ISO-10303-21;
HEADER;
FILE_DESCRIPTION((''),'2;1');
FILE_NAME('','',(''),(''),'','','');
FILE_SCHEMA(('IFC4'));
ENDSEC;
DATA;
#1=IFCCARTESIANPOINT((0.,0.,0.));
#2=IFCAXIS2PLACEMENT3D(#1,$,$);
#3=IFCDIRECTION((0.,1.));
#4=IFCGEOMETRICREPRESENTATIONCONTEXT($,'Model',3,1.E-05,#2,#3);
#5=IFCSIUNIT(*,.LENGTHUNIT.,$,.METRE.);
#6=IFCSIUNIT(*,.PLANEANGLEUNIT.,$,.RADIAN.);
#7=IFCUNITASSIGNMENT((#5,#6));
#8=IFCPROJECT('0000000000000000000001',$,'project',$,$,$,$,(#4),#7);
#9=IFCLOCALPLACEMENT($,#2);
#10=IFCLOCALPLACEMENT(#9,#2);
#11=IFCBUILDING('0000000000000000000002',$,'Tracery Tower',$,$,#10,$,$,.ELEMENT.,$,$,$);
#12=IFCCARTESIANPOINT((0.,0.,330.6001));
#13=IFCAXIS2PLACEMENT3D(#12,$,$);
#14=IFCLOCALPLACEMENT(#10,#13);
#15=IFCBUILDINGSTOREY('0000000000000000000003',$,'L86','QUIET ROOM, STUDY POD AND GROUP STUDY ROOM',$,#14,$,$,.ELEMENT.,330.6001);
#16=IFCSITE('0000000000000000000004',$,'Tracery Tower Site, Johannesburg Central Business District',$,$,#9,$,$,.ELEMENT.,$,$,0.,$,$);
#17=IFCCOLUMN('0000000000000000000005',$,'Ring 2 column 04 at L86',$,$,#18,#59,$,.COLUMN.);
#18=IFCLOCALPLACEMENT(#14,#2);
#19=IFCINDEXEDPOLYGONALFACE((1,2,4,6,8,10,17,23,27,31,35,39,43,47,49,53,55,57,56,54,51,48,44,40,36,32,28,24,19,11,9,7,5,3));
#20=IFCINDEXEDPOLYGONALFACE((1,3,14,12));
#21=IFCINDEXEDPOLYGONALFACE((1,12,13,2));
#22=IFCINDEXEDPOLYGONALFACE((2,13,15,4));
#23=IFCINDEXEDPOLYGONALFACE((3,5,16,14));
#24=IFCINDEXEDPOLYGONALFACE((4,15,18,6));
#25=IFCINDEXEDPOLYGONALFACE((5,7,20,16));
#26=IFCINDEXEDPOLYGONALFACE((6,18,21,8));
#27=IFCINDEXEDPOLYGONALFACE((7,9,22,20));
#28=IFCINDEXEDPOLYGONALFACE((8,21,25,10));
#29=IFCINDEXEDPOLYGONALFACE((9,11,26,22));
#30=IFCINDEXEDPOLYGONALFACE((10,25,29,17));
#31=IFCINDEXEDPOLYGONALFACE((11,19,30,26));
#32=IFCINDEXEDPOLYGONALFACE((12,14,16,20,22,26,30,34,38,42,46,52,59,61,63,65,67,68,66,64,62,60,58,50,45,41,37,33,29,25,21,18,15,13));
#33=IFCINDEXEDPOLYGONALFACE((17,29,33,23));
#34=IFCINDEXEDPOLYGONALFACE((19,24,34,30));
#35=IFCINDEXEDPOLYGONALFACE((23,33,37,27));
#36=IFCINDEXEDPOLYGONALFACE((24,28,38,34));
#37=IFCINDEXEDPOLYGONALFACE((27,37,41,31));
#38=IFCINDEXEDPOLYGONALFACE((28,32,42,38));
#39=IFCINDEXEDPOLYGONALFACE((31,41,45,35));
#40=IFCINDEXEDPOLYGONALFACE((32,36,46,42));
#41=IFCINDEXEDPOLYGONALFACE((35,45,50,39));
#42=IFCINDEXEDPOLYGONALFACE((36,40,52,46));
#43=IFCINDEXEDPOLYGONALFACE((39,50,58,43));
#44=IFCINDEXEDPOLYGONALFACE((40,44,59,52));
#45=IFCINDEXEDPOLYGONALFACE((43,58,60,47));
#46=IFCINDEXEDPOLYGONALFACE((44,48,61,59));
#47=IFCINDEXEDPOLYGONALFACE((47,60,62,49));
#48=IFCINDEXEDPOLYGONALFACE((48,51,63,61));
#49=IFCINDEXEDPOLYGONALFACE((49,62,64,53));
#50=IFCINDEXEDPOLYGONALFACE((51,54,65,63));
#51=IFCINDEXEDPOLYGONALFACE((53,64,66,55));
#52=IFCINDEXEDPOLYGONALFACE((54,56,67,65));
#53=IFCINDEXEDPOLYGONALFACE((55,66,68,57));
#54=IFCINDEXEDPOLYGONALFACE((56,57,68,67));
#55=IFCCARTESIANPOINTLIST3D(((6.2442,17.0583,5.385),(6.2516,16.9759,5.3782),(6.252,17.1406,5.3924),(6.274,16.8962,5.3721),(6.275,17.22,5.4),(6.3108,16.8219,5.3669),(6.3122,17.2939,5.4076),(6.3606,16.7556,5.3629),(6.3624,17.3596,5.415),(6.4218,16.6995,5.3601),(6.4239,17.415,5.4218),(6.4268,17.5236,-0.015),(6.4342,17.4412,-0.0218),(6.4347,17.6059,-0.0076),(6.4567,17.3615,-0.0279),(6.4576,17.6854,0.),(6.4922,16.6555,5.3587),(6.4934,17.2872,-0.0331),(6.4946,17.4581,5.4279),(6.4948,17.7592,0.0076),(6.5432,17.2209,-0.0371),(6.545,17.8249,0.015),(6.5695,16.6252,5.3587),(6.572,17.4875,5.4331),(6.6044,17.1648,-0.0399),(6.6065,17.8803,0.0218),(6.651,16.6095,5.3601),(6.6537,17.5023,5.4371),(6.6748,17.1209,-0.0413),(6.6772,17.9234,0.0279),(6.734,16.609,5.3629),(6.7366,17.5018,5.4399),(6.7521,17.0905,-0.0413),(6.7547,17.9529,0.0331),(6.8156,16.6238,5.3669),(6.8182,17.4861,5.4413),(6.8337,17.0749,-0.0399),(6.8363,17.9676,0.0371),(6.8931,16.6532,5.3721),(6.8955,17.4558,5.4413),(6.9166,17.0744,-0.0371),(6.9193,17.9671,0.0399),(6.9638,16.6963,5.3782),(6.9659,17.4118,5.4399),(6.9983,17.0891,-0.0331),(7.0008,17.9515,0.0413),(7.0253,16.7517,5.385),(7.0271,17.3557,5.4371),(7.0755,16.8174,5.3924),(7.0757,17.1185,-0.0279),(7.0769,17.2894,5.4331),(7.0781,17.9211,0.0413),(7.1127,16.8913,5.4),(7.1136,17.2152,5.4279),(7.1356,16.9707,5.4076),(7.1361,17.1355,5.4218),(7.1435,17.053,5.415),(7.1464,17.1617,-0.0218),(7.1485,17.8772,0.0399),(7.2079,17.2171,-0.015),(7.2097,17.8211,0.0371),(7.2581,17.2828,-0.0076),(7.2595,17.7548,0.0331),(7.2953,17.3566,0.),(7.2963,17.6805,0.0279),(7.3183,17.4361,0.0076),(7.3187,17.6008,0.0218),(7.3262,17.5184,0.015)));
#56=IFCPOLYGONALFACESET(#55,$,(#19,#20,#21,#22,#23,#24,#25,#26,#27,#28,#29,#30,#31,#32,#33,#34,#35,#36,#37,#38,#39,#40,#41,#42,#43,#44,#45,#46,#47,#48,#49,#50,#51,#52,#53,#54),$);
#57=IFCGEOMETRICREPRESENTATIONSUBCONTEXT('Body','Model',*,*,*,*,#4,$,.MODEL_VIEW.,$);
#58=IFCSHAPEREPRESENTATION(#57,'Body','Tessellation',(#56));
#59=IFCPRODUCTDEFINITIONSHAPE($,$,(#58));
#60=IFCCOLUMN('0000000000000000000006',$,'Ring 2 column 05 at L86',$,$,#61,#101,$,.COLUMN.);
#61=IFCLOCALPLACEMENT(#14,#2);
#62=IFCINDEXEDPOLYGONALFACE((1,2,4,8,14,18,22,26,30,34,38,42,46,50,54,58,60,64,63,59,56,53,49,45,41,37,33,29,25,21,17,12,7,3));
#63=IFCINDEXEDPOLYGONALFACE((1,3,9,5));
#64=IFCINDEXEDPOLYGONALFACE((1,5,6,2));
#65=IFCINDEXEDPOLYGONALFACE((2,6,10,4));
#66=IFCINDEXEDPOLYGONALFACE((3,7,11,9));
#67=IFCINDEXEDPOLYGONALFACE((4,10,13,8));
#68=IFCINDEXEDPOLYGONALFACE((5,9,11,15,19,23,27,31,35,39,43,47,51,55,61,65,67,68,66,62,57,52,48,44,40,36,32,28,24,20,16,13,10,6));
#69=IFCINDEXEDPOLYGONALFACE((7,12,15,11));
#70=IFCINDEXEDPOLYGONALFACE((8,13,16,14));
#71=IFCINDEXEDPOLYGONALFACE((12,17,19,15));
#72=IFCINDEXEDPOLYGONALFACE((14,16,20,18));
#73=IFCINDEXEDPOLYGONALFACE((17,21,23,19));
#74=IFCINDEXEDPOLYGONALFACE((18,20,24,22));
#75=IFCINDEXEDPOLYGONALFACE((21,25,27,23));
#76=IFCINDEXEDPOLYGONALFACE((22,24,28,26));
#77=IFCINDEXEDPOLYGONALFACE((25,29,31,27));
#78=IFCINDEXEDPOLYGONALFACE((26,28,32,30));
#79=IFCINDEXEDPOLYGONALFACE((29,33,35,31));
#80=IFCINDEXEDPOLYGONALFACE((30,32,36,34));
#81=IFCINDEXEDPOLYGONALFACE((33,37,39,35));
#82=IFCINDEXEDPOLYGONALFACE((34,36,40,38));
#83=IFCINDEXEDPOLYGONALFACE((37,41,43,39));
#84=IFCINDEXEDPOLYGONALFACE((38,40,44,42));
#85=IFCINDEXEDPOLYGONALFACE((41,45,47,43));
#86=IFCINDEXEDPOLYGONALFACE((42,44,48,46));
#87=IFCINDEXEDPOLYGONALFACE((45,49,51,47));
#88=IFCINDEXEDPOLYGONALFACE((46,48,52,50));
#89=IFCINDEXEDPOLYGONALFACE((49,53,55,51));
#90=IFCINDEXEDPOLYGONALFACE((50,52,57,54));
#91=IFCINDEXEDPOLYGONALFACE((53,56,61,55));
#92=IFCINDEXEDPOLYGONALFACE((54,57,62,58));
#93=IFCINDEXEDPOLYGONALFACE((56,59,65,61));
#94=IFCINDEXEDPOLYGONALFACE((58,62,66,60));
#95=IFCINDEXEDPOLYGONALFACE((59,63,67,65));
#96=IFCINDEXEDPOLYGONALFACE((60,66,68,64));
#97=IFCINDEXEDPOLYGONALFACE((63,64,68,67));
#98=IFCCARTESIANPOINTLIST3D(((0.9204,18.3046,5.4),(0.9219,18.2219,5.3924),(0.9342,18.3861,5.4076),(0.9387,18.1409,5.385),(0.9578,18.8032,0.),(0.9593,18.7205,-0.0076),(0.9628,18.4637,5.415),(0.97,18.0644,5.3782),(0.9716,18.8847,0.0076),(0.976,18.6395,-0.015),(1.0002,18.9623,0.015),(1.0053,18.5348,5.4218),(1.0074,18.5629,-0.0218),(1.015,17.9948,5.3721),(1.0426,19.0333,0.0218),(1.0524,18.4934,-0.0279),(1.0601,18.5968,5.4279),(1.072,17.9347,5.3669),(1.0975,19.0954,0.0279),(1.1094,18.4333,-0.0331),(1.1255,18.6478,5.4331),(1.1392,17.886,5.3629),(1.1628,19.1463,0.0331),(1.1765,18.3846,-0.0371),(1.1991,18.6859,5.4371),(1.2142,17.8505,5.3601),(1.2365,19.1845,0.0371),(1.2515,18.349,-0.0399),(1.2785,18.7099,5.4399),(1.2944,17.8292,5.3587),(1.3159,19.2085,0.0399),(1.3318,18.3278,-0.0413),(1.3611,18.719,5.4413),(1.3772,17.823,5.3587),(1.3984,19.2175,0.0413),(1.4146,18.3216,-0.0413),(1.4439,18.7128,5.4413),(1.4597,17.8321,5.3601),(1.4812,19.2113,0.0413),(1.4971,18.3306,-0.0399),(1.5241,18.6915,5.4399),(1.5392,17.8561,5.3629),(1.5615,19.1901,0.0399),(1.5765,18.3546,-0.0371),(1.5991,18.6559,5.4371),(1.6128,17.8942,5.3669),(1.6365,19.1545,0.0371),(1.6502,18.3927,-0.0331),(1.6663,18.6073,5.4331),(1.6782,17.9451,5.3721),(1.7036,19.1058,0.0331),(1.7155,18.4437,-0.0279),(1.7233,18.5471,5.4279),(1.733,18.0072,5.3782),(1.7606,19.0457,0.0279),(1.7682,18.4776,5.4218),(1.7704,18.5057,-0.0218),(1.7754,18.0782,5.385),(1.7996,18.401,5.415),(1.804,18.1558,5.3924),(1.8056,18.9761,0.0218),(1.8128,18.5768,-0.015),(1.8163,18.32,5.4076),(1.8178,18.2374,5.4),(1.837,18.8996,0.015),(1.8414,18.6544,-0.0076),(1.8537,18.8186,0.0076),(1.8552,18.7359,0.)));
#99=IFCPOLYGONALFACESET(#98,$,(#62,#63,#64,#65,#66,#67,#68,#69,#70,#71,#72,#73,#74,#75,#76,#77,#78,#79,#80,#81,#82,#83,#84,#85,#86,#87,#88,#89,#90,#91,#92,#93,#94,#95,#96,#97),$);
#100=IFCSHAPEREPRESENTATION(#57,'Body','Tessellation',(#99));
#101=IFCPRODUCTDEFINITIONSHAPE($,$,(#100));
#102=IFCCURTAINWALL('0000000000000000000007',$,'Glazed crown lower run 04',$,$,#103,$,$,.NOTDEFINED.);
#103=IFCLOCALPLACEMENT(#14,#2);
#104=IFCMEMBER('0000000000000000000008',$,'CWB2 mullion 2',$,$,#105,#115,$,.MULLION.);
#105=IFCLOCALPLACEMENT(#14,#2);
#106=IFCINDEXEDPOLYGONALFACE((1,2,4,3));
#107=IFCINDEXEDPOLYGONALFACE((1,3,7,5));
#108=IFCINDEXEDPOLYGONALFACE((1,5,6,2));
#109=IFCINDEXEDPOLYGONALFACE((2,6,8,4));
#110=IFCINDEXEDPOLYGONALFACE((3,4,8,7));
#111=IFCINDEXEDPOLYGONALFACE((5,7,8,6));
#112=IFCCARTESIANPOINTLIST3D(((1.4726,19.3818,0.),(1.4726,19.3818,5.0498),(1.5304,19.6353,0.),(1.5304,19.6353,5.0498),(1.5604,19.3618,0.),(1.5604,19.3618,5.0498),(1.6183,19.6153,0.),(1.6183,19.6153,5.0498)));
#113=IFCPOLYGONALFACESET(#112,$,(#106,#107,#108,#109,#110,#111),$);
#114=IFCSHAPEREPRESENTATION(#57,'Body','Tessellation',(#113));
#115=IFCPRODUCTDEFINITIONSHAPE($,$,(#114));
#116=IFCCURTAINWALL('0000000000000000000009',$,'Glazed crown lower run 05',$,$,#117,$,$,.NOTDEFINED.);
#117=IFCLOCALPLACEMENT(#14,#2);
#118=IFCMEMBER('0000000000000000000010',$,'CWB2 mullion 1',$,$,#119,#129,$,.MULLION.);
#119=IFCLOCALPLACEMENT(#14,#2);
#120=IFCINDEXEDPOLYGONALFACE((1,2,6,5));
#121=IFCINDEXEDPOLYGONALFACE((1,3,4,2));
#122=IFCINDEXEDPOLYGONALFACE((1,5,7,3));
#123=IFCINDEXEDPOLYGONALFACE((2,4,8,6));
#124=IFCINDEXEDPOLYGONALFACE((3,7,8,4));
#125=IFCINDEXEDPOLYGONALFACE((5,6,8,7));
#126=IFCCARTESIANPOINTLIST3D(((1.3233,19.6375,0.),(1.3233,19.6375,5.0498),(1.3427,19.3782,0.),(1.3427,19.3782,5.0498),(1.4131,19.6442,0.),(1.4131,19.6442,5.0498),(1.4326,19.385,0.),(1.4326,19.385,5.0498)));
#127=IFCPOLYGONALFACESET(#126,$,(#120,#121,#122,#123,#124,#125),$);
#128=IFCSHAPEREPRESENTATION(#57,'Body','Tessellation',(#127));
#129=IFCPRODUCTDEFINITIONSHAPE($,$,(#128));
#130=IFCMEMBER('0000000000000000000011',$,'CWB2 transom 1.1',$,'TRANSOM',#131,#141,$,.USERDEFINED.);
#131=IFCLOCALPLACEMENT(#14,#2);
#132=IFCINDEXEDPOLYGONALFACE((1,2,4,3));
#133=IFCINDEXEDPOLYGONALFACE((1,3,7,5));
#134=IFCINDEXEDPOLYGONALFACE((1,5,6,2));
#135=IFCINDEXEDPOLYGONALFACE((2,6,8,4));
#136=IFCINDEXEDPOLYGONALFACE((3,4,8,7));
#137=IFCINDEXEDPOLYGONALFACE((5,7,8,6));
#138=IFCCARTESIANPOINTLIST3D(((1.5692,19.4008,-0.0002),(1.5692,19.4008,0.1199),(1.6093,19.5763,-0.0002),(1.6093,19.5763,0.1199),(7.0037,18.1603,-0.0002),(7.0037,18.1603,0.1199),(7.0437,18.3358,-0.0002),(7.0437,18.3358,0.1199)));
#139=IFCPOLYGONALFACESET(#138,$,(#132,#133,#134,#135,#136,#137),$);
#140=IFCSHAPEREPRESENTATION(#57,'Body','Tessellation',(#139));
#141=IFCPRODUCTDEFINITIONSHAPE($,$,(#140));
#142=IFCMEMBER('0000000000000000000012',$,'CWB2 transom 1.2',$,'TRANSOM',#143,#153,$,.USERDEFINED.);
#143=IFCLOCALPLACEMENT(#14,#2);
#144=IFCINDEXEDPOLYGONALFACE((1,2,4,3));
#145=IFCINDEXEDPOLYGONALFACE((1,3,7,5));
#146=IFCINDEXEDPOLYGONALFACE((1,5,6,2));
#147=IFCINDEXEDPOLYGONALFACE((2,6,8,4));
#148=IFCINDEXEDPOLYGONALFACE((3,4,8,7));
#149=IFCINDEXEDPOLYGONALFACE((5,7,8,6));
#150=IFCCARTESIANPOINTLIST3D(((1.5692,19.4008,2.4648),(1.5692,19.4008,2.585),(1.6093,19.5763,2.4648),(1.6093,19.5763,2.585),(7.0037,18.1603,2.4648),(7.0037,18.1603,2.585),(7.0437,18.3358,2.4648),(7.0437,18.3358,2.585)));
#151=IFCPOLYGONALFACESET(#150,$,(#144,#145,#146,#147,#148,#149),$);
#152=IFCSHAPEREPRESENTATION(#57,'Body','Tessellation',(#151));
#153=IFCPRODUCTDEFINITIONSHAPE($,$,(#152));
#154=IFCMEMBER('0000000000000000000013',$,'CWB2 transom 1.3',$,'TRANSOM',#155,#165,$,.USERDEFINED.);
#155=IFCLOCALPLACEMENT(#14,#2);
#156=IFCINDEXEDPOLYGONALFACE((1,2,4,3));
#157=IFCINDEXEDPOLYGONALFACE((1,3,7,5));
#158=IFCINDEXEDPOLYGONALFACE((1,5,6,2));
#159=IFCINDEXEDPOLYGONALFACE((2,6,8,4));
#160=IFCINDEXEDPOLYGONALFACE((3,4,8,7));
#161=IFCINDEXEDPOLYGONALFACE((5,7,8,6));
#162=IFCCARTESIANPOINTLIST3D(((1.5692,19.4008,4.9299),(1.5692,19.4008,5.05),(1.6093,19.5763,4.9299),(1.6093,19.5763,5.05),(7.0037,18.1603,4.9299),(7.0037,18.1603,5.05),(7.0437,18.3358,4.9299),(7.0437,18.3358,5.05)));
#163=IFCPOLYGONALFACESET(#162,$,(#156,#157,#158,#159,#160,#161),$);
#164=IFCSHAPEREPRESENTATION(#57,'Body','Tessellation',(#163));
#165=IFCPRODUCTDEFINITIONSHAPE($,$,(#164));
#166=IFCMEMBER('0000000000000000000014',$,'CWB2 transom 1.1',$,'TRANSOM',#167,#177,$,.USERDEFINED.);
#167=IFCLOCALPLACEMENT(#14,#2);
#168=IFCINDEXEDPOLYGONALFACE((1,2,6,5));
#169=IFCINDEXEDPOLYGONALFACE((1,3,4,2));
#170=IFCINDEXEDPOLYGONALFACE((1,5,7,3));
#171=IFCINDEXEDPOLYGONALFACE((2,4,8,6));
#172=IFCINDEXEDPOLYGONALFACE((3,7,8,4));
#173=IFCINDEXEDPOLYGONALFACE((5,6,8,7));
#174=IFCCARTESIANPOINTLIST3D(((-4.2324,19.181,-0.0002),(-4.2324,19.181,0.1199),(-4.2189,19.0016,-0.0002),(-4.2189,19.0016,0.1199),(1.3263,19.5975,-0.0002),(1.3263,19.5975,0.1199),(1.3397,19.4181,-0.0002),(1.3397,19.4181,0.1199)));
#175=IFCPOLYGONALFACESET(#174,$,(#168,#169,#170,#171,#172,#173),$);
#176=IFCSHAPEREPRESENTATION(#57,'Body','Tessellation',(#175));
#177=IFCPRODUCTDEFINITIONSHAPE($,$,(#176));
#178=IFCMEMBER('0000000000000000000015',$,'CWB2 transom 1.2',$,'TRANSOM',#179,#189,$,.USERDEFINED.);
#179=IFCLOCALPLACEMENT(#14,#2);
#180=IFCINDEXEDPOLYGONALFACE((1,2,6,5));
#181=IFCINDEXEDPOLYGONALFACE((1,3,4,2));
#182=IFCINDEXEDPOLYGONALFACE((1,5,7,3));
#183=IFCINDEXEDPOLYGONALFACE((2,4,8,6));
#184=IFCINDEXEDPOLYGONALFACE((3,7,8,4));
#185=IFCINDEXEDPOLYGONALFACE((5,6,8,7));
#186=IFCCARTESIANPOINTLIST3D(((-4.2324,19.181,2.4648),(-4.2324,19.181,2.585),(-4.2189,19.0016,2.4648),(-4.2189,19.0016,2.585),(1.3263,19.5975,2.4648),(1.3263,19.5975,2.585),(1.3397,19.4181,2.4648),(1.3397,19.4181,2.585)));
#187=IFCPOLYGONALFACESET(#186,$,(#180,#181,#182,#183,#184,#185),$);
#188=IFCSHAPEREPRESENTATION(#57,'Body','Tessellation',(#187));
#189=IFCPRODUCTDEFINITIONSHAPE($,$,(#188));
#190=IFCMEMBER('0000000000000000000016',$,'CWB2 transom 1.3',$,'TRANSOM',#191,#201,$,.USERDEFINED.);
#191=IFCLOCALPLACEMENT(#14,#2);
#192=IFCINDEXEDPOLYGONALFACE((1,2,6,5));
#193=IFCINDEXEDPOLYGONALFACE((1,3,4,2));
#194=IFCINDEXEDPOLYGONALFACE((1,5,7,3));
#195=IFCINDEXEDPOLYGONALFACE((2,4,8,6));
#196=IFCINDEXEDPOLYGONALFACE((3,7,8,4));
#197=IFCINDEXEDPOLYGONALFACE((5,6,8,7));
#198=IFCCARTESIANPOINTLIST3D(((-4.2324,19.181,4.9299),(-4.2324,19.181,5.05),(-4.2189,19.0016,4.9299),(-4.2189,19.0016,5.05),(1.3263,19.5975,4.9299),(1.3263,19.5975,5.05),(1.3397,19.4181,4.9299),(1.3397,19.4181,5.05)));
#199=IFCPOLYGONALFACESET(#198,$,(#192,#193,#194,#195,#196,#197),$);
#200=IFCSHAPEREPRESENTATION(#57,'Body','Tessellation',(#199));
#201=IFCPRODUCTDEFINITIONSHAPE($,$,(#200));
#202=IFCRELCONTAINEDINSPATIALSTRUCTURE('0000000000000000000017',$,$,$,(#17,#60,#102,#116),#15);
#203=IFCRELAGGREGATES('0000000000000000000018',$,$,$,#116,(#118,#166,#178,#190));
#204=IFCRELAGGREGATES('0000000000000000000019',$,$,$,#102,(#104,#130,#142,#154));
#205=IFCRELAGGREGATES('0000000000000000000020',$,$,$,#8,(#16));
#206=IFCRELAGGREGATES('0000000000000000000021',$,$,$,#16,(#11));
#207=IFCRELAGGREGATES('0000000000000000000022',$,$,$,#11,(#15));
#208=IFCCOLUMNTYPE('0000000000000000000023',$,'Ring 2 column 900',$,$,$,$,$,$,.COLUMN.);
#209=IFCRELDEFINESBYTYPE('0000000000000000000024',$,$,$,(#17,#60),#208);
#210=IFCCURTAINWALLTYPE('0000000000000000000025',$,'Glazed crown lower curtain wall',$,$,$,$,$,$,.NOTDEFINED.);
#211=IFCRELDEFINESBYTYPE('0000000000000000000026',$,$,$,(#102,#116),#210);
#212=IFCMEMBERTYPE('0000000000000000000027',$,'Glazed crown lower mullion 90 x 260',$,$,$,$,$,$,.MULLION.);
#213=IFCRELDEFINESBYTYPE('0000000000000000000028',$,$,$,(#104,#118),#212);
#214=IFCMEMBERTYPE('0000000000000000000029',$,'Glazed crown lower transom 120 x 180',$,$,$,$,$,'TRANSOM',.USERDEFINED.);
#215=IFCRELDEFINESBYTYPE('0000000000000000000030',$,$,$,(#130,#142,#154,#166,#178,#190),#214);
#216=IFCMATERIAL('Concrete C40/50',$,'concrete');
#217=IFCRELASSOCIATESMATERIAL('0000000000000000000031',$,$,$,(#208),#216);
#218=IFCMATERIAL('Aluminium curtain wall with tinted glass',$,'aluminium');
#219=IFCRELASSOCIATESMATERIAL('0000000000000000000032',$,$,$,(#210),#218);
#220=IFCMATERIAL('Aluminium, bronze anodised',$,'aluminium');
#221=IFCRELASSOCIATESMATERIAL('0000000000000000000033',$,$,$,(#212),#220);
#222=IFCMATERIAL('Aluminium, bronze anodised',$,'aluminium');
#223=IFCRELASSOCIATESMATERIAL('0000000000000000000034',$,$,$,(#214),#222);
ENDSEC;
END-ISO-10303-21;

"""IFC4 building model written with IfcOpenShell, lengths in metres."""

from ifc_helpers import new_model, si_unit, direction, frame, origin, origin_2d, place, context, subcontext, project, spatial, rectangle, circle, extrude, material, material_profile, profile_set, type_object, element, aggregate, save


model = new_model("IFC4")

# Units and contexts
model_context = context("Model", 3, precision=1e-05, world=origin(), true_north=direction((0.0, 1.0)))
body_context = subcontext(model_context, "Body", "Model", "MODEL_VIEW")
ifc_project = project(units=[si_unit("LENGTHUNIT", "METRE"), si_unit("PLANEANGLEUNIT", "RADIAN")], contexts=[model_context])

# Site, building, storey
site_placement = place(None, origin())
site = spatial("IfcSite", under=ifc_project, at=site_placement, Name="Tracery Tower Site, Johannesburg Central Business District", CompositionType="ELEMENT", RefElevation=0.0)
building_placement = place(site_placement, origin())
building = spatial("IfcBuilding", under=site, at=building_placement, Name="Tracery Tower", CompositionType="ELEMENT")
storey_placement = place(building_placement, frame((0.0, 0.0, 330.6001)))
storey = spatial("IfcBuildingStorey", under=building, at=storey_placement, Name="L86", Description="QUIET ROOM, STUDY POD AND GROUP STUDY ROOM", CompositionType="ELEMENT", Elevation=330.6001)

# Columns
ifc_material_1 = material(Name="Concrete C40/50", Category="concrete")
ifc_material_profile_1 = material_profile(ifc_material_1, circle(Radius=0.45, at=origin_2d()), Name="RC D900")
ifc_profile_set_1 = profile_set([ifc_material_profile_1], Name="Concrete C40/50")
column_type = type_object("IfcColumnType", Name="Ring 2 column 900", PredefinedType="COLUMN", material=ifc_profile_set_1)
for number, where, z_axis, x_axis, name in (
    (1, (6.8765, 17.521, 0.0), (-0.033675, -0.085807, 0.995743), (0.930882, -0.36532, 0.0), "Ring 2 column 04 at L86"),
    (2, (1.4065, 18.7695, 0.0), (-0.006888, -0.09193, 0.995742), (0.997205, -0.074717, 0.0), "Ring 2 column 05 at L86"),
):
    element("IfcColumn", number, at=place(storey_placement, frame(where, z_axis=z_axis, x_axis=x_axis)), inside=storey, type_object=column_type, Name=name, PredefinedType="COLUMN", context=body_context, shape_type="SweptSolid", body=[
        extrude(circle(Radius=0.45, at=origin_2d()), origin(), (0.0, 0.0, 1.0), 5.4231),
    ])

# Curtain walls, members
ifc_material_2 = material(Name="Aluminium curtain wall with tinted glass", Category="aluminium")
curtain_wall_type = type_object("IfcCurtainWallType", Name="Glazed crown lower curtain wall", PredefinedType="NOTDEFINED", material=ifc_material_2)
curtain_wall_1_placement = place(storey_placement, origin())
curtain_wall_1 = element("IfcCurtainWall", 3, at=curtain_wall_1_placement, inside=storey, type_object=curtain_wall_type, Name="Glazed crown lower run 04", PredefinedType="NOTDEFINED")
ifc_material_3 = material(Name="Aluminium, bronze anodised", Category="aluminium")
ifc_material_profile_2 = material_profile(ifc_material_3, rectangle(XDim=0.26, YDim=0.0901, at=origin_2d()), Name="Glazed crown lower mullion 90 x 260")
ifc_profile_set_2 = profile_set([ifc_material_profile_2], Name="Aluminium, bronze anodised")
member_type_1 = type_object("IfcMemberType", Name="Glazed crown lower mullion 90 x 260", PredefinedType="MULLION", material=ifc_profile_set_2)
member_1_placement = place(storey_placement, frame((1.5454, 19.4985, 0.0), z_axis=(0.0, 0.0, 1.0), x_axis=(-0.222534, -0.974925, 0.0)))
member_1 = element("IfcMember", 4, at=member_1_placement, type_object=member_type_1, Name="CWB2 mullion 2", PredefinedType="MULLION", context=body_context, shape_type="SweptSolid", body=[
    extrude(rectangle(XDim=0.26, YDim=0.0901, at=origin_2d()), origin(), (0.0, 0.0, 1.0), 5.0498),
])
curtain_wall_2_placement = place(storey_placement, origin())
curtain_wall_2 = element("IfcCurtainWall", 5, at=curtain_wall_2_placement, inside=storey, type_object=curtain_wall_type, Name="Glazed crown lower run 05", PredefinedType="NOTDEFINED")
member_2_placement = place(storey_placement, frame((1.3779, 19.5112, 0.0), z_axis=(0.0, 0.0, 1.0), x_axis=(0.074729, -0.997204, 0.0)))
member_2 = element("IfcMember", 6, at=member_2_placement, type_object=member_type_1, Name="CWB2 mullion 1", PredefinedType="MULLION", context=body_context, shape_type="SweptSolid", body=[
    extrude(rectangle(XDim=0.26, YDim=0.0901, at=origin_2d()), origin(), (0.0, 0.0, 1.0), 5.0498),
])

# Members
ifc_material_4 = material(Name="Aluminium, bronze anodised", Category="aluminium")
ifc_material_profile_3 = material_profile(ifc_material_4, rectangle(XDim=0.1799, YDim=0.1201, at=origin_2d()), Name="Glazed crown lower transom 120 x 180")
ifc_profile_set_3 = profile_set([ifc_material_profile_3], Name="Aluminium, bronze anodised")
member_type_2 = type_object("IfcMemberType", Name="Glazed crown lower transom 120 x 180", ElementType="TRANSOM", PredefinedType="USERDEFINED", material=ifc_profile_set_3)
member_3_placement = place(storey_placement, frame((7.0237, 18.248, 0.0598), z_axis=(-0.974923, 0.222543, 0.0), x_axis=(-0.222543, -0.974923, 0.0)))
member_3 = element("IfcMember", 7, at=member_3_placement, type_object=member_type_2, Name="CWB2 transom 1.1", ObjectType="TRANSOM", PredefinedType="USERDEFINED", context=body_context, shape_type="SweptSolid", body=[
    extrude(rectangle(XDim=0.1799, YDim=0.1201, at=origin_2d()), origin(), (0.0, 0.0, 1.0), 5.5742),
])
member_4_placement = place(storey_placement, frame((7.0237, 18.248, 2.5249), z_axis=(-0.974923, 0.222543, 0.0), x_axis=(-0.222543, -0.974923, 0.0)))
member_4 = element("IfcMember", 8, at=member_4_placement, type_object=member_type_2, Name="CWB2 transom 1.2", ObjectType="TRANSOM", PredefinedType="USERDEFINED", context=body_context, shape_type="SweptSolid", body=[
    extrude(rectangle(XDim=0.1799, YDim=0.1201, at=origin_2d()), origin(), (0.0, 0.0, 1.0), 5.5742),
])
member_5_placement = place(storey_placement, frame((7.0237, 18.248, 4.99), z_axis=(-0.974923, 0.222543, 0.0), x_axis=(-0.222543, -0.974923, 0.0)))
member_5 = element("IfcMember", 9, at=member_5_placement, type_object=member_type_2, Name="CWB2 transom 1.3", ObjectType="TRANSOM", PredefinedType="USERDEFINED", context=body_context, shape_type="SweptSolid", body=[
    extrude(rectangle(XDim=0.1799, YDim=0.1201, at=origin_2d()), origin(), (0.0, 0.0, 1.0), 5.5742),
])
member_6_placement = place(storey_placement, frame((1.333, 19.5078, 0.0598), z_axis=(-0.997205, -0.07472, 0.0), x_axis=(0.07472, -0.997205, 0.0)))
member_6 = element("IfcMember", 10, at=member_6_placement, type_object=member_type_2, Name="CWB2 transom 1.1", ObjectType="TRANSOM", PredefinedType="USERDEFINED", context=body_context, shape_type="SweptSolid", body=[
    extrude(rectangle(XDim=0.1799, YDim=0.1201, at=origin_2d()), origin(), (0.0, 0.0, 1.0), 5.5742),
])
member_7_placement = place(storey_placement, frame((1.333, 19.5078, 2.5249), z_axis=(-0.997205, -0.07472, 0.0), x_axis=(0.07472, -0.997205, 0.0)))
member_7 = element("IfcMember", 11, at=member_7_placement, type_object=member_type_2, Name="CWB2 transom 1.2", ObjectType="TRANSOM", PredefinedType="USERDEFINED", context=body_context, shape_type="SweptSolid", body=[
    extrude(rectangle(XDim=0.1799, YDim=0.1201, at=origin_2d()), origin(), (0.0, 0.0, 1.0), 5.5742),
])
member_8_placement = place(storey_placement, frame((1.333, 19.5078, 4.99), z_axis=(-0.997205, -0.07472, 0.0), x_axis=(0.07472, -0.997205, 0.0)))
member_8 = element("IfcMember", 12, at=member_8_placement, type_object=member_type_2, Name="CWB2 transom 1.3", ObjectType="TRANSOM", PredefinedType="USERDEFINED", context=body_context, shape_type="SweptSolid", body=[
    extrude(rectangle(XDim=0.1799, YDim=0.1201, at=origin_2d()), origin(), (0.0, 0.0, 1.0), 5.5742),
])
aggregate(curtain_wall_2, [member_2, member_6, member_7, member_8])

aggregate(curtain_wall_1, [member_1, member_3, member_4, member_5])

save(model, "model.ifc")
